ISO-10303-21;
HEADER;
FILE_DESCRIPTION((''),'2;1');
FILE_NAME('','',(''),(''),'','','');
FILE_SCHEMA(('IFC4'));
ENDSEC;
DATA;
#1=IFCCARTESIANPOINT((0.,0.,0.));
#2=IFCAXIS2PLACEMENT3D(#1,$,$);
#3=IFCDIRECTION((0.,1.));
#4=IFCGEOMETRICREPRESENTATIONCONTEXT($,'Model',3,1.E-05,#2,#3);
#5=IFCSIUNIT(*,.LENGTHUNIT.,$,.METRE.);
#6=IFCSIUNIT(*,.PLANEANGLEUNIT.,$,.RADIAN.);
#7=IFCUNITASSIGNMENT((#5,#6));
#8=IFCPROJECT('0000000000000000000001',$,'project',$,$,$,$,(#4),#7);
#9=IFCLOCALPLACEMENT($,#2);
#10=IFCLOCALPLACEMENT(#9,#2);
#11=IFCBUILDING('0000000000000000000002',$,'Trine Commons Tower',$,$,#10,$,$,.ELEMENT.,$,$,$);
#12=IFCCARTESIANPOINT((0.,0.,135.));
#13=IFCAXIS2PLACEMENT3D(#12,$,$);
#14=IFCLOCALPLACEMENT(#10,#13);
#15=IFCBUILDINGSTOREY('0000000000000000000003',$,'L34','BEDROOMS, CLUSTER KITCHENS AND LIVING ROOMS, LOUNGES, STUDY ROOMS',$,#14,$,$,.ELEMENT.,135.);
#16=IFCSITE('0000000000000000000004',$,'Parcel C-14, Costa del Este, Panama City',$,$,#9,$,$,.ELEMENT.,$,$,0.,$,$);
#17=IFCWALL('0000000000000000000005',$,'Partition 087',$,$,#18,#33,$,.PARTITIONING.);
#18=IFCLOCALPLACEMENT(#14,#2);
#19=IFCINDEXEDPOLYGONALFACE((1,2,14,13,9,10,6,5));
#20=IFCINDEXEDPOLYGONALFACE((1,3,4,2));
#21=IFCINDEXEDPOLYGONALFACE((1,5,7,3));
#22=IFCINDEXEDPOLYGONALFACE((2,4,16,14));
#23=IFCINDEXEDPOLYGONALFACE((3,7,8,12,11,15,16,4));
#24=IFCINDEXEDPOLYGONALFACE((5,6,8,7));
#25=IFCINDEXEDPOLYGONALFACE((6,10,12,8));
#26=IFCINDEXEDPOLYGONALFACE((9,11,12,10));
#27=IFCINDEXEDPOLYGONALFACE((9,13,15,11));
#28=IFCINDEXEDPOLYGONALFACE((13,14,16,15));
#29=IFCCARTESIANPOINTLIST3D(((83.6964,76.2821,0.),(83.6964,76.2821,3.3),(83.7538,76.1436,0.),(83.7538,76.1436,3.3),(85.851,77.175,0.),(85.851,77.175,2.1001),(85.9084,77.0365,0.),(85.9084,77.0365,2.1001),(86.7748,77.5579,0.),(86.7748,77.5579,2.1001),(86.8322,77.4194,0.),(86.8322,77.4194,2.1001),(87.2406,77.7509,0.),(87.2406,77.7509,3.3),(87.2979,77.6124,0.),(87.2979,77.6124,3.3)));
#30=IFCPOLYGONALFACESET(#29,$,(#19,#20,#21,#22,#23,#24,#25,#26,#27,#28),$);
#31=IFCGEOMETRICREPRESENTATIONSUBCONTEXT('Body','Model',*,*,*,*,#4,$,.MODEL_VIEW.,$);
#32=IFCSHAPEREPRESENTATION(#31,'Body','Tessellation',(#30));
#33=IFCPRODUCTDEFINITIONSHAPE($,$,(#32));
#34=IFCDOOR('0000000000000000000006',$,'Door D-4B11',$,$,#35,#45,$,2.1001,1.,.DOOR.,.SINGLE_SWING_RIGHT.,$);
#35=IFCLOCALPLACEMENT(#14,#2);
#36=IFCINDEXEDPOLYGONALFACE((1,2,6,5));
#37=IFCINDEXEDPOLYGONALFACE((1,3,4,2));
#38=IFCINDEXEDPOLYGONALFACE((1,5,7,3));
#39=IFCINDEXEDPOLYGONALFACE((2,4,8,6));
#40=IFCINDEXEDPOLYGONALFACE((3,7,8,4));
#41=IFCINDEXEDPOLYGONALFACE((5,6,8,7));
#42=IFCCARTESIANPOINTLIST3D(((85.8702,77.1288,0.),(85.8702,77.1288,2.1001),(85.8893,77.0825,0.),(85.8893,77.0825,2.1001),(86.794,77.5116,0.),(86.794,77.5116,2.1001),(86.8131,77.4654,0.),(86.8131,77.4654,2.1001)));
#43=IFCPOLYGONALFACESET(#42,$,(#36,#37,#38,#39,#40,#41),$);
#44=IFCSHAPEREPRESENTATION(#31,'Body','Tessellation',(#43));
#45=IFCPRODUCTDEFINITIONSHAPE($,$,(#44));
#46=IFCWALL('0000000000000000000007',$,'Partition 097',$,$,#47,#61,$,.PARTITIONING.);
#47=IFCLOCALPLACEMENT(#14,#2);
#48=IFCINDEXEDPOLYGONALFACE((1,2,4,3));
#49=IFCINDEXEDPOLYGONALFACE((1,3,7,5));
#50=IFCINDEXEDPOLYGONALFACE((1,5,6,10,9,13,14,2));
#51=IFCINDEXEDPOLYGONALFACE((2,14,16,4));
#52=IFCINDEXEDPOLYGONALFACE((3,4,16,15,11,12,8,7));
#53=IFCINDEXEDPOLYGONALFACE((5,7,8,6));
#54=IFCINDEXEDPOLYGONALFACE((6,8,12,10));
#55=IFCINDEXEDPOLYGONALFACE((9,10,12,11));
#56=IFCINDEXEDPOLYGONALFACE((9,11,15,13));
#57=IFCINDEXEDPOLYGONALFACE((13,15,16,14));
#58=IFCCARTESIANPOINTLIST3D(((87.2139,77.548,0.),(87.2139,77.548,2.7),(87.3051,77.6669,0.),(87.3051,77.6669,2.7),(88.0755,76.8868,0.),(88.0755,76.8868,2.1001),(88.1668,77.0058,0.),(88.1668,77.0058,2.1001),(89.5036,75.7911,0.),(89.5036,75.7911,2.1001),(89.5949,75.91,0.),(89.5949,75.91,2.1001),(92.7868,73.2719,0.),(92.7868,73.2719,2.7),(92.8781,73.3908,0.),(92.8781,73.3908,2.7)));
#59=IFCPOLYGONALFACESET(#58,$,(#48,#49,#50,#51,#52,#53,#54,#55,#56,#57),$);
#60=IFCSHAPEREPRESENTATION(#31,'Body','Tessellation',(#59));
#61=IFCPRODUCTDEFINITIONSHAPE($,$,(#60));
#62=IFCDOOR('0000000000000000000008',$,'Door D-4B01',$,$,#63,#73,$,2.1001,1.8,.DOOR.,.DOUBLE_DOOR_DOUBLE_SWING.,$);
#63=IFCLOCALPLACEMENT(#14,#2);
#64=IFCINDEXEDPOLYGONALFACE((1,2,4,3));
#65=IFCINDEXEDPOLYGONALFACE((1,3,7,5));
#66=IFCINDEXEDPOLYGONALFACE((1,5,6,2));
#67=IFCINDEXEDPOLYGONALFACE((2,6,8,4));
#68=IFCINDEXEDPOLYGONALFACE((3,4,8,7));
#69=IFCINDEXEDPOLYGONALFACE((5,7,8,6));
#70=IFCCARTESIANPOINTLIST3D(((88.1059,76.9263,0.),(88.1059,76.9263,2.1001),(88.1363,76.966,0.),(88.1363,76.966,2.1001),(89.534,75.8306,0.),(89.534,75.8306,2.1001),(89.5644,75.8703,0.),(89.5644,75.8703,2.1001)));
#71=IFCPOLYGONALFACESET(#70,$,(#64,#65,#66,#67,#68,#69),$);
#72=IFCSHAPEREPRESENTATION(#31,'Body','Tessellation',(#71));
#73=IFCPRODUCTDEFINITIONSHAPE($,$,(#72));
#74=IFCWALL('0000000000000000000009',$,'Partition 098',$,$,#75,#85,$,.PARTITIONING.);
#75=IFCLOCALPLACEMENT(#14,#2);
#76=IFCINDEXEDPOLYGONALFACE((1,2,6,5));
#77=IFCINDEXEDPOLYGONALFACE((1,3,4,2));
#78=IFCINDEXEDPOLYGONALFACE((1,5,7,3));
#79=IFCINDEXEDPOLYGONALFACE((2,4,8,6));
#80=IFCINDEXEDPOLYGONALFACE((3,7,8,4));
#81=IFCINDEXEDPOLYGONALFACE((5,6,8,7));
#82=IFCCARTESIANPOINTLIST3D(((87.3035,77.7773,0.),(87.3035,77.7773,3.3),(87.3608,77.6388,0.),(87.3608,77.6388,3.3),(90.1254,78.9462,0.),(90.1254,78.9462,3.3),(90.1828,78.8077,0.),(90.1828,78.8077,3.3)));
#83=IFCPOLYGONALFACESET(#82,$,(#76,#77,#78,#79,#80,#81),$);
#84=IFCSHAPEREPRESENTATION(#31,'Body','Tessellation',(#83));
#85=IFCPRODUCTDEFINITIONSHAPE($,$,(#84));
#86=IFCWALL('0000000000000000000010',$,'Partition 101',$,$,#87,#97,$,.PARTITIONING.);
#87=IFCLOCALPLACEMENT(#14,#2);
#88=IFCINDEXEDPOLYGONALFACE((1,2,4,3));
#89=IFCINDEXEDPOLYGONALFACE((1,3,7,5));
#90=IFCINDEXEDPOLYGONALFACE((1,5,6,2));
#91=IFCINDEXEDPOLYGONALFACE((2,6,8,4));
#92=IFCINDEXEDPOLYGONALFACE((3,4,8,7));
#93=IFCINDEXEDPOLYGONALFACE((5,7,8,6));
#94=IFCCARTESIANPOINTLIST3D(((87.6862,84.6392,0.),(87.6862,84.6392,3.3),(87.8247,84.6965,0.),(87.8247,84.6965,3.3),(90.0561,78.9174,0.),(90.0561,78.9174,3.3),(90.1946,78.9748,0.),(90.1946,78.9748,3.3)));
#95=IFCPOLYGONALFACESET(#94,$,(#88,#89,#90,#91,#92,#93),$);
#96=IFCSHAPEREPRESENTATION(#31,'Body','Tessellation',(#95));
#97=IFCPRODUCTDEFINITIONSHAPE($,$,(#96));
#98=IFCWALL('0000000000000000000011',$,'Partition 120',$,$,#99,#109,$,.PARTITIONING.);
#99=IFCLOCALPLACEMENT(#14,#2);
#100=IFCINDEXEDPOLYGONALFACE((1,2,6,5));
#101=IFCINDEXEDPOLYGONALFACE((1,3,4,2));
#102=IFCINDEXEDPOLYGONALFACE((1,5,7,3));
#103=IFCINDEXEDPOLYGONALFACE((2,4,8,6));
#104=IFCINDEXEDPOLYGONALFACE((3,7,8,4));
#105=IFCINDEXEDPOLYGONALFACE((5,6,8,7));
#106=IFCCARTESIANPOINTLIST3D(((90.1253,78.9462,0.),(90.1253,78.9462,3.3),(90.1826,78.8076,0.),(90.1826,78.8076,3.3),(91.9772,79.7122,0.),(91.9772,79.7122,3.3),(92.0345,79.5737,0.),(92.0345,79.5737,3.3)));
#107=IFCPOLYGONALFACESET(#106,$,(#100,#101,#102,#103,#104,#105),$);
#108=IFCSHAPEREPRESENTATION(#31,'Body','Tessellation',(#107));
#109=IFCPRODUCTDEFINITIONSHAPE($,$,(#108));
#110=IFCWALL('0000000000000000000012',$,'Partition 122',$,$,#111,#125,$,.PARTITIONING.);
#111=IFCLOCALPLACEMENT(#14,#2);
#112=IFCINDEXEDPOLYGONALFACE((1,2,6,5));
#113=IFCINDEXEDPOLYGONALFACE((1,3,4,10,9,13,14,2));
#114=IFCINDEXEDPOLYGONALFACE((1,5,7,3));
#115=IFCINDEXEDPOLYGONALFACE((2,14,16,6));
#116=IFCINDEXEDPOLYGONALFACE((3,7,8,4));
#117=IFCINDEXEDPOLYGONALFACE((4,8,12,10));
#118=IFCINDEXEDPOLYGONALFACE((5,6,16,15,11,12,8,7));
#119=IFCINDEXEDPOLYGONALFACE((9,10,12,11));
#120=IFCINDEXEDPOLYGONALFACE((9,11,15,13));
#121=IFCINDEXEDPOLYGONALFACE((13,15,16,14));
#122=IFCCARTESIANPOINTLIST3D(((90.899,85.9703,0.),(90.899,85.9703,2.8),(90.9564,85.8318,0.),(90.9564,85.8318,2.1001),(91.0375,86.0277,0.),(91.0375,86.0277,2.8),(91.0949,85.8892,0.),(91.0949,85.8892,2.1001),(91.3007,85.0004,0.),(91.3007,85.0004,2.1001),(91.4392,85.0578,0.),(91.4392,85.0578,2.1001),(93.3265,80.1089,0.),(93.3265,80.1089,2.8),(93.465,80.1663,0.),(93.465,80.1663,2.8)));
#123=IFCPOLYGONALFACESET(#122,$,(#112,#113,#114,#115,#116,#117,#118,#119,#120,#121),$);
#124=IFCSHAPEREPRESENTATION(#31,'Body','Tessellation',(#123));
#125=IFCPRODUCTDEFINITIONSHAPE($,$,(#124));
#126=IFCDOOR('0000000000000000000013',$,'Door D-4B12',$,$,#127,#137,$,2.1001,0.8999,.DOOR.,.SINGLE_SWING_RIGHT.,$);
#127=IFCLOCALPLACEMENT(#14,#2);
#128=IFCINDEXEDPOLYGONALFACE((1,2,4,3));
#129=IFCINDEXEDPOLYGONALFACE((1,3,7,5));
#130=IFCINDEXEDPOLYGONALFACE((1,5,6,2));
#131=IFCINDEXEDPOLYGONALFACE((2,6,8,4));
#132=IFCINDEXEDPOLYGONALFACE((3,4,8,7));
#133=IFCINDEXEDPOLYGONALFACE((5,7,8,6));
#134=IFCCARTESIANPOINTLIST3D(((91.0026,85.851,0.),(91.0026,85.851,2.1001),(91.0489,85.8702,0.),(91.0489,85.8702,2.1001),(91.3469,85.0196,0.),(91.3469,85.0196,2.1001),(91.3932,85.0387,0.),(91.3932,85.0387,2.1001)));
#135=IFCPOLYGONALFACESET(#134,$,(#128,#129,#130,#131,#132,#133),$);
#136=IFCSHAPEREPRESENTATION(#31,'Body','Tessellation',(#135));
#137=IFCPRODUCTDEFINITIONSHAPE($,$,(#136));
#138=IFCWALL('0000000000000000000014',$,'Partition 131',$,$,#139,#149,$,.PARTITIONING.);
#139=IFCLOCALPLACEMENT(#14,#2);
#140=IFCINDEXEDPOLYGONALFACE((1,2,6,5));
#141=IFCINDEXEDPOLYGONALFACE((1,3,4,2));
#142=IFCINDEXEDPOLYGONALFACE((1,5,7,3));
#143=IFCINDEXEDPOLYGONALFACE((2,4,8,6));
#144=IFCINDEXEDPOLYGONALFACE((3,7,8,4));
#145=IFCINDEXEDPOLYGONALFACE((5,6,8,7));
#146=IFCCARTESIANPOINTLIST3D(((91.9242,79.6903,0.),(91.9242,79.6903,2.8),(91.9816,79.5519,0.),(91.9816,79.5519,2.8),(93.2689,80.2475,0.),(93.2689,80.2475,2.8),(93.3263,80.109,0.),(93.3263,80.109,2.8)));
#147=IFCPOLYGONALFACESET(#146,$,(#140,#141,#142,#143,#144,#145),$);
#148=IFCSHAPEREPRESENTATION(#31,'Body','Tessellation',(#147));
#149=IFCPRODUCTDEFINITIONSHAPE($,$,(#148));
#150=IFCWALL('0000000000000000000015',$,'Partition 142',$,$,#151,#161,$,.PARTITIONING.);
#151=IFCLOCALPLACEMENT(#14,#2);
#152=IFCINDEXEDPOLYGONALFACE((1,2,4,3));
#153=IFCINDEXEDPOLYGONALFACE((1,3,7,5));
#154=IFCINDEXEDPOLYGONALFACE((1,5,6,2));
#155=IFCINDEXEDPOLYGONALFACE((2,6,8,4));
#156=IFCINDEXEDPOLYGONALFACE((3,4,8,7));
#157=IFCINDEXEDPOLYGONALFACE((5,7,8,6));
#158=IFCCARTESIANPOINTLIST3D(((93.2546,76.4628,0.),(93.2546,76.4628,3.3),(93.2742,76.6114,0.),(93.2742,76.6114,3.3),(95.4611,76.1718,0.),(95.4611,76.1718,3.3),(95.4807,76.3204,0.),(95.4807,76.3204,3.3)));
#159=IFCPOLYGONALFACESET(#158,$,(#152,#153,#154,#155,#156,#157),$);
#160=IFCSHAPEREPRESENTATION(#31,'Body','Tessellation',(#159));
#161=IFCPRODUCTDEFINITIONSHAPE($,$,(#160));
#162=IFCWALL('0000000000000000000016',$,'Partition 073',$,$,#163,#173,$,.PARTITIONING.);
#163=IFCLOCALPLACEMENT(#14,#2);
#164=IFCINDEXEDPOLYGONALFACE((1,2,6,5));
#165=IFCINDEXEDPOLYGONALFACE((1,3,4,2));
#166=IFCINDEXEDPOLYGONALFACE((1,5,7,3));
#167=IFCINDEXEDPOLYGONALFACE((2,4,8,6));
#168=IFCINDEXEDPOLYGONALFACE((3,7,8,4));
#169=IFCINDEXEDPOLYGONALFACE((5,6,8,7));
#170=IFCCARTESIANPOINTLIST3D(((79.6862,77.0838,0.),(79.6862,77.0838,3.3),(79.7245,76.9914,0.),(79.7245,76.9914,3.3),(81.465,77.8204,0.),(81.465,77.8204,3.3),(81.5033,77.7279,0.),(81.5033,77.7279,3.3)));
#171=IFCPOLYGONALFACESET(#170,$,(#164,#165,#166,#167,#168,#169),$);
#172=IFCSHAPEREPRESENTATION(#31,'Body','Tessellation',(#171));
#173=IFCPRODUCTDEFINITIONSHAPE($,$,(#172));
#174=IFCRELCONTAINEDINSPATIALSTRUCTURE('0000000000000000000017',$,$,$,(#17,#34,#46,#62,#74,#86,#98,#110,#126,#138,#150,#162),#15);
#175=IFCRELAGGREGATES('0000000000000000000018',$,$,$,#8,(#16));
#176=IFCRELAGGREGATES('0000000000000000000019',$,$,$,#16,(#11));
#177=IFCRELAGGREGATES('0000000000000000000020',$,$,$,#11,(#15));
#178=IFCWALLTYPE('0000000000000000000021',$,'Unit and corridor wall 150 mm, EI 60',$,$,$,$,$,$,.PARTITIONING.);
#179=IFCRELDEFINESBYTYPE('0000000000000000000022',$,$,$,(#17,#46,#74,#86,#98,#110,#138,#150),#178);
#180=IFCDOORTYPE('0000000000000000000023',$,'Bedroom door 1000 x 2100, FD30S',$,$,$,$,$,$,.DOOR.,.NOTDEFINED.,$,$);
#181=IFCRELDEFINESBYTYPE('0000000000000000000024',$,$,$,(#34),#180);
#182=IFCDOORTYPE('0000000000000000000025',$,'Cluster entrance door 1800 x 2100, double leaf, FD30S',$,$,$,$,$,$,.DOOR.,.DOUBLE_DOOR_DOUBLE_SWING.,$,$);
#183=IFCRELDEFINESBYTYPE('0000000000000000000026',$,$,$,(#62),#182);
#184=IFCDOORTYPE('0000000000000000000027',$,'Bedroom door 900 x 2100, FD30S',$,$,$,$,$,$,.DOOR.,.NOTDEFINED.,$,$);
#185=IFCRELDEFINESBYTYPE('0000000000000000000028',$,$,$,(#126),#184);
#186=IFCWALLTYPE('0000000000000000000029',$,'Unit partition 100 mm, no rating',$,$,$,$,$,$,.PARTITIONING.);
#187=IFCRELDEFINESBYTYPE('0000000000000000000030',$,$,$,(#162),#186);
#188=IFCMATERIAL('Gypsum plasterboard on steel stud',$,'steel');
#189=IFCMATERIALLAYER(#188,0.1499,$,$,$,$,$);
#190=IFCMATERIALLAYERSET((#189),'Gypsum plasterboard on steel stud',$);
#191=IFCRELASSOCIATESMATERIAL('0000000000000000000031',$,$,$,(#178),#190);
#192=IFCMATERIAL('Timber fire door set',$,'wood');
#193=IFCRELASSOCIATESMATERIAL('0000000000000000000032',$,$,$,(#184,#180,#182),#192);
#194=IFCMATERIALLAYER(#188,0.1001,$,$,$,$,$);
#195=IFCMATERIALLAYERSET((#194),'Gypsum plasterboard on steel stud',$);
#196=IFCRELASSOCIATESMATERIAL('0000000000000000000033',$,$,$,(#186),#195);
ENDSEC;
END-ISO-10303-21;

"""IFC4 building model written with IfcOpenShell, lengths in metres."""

from ifc_helpers import new_model, si_unit, direction, frame, frame_2d, origin, place, context, subcontext, project, spatial, rectangle, extrude, material, layer, layer_set, type_object, element, fill, save


model = new_model("IFC4")

# Units and contexts
model_context = context("Model", 3, precision=1e-05, world=origin(), true_north=direction((0.0, 1.0)))
body_context = subcontext(model_context, "Body", "Model", "MODEL_VIEW")
ifc_project = project(units=[si_unit("LENGTHUNIT", "METRE"), si_unit("PLANEANGLEUNIT", "RADIAN")], contexts=[model_context])

# Site, building, storey
site_placement = place(None, origin())
site = spatial("IfcSite", under=ifc_project, at=site_placement, Name="Parcel C-14, Costa del Este, Panama City", CompositionType="ELEMENT", RefElevation=0.0)
building_placement = place(site_placement, origin())
building = spatial("IfcBuilding", under=site, at=building_placement, Name="Trine Commons Tower", CompositionType="ELEMENT")
storey_placement = place(building_placement, frame((0.0, 0.0, 135.0)))
storey = spatial("IfcBuildingStorey", under=building, at=storey_placement, Name="L34", Description="BEDROOMS, CLUSTER KITCHENS AND LIVING ROOMS, LOUNGES, STUDY ROOMS", CompositionType="ELEMENT", Elevation=135.0)

# Shared definitions
ifc_material_1 = material(Name="Gypsum plasterboard on steel stud", Category="steel")
ifc_layer_1 = layer(ifc_material_1, 0.1499)
ifc_layer_set_1 = layer_set([ifc_layer_1], Name="Gypsum plasterboard on steel stud")
wall_type_1 = type_object("IfcWallType", Name="Unit and corridor wall 150 mm, EI 60", PredefinedType="PARTITIONING", material=ifc_layer_set_1)

# Walls, openings, doors
ifc_material_2 = material(Name="Timber fire door set", Category="wood")
door_type_1 = type_object("IfcDoorType", Name="Bedroom door 900 x 2100, FD30S", OperationType="NOTDEFINED", PredefinedType="DOOR", material=ifc_material_2)
wall_1_placement = place(storey_placement, frame((83.7251, 76.2129, 0.0), z_axis=(0.0, 0.0, 1.0), x_axis=(0.923815, 0.382839, 0.0)))
wall_1 = element("IfcWall", 1, at=wall_1_placement, inside=storey, type_object=wall_type_1, Name="Partition 087", PredefinedType="PARTITIONING", context=body_context, shape_type="SweptSolid", body=[
    extrude(rectangle(XDim=3.8364, YDim=0.1499, at=frame_2d((1.9182, 0.0))), origin(), (0.0, 0.0, 1.0), 3.3),
])
opening_1_placement = place(wall_1_placement, frame((2.3323, 0.0, 0.0)))
opening_1 = element("IfcOpeningElement", 2, at=opening_1_placement, cuts=wall_1, PredefinedType="OPENING", context=body_context, shape_type="SweptSolid", body=[
    extrude(rectangle(XDim=1.0, YDim=2.1001, at=frame_2d((0.5, 1.05))), frame((0.0, 0.085, 0.0), z_axis=(0.0, -1.0, 0.0), x_axis=(1.0, 0.0, 0.0)), (0.0, 0.0, 1.0), 0.1699),
])
door_type_2 = type_object("IfcDoorType", Name="Bedroom door 1000 x 2100, FD30S", OperationType="NOTDEFINED", PredefinedType="DOOR", material=ifc_material_2)
door_1_placement = place(opening_1_placement, origin())
door_1 = element("IfcDoor", 3, at=door_1_placement, inside=storey, type_object=door_type_2, Name="Door D-4B11", OperationType="SINGLE_SWING_RIGHT", OverallHeight=2.1001, OverallWidth=1.0, PredefinedType="DOOR", context=body_context, shape_type="SweptSolid", body=[
    extrude(rectangle(XDim=1.0, YDim=2.1001, at=frame_2d((0.5, 1.05))), frame((0.0, 0.0249, 0.0), z_axis=(0.0, -1.0, 0.0), x_axis=(1.0, 0.0, 0.0)), (0.0, 0.0, 1.0), 0.05),
])
fill(opening_1, door_1)
wall_2_placement = place(storey_placement, frame((87.2595, 77.6074, 0.0), z_axis=(0.0, 0.0, 1.0), x_axis=(0.793366, -0.608745, 0.0)))
wall_2 = element("IfcWall", 4, at=wall_2_placement, inside=storey, type_object=wall_type_1, Name="Partition 097", PredefinedType="PARTITIONING", context=body_context, shape_type="SweptSolid", body=[
    extrude(rectangle(XDim=7.0244, YDim=0.1499, at=frame_2d((3.5122, 0.0))), origin(), (0.0, 0.0, 1.0), 2.7),
])
opening_2_placement = place(wall_2_placement, frame((1.0862, 0.0, 0.0)))
opening_2 = element("IfcOpeningElement", 5, at=opening_2_placement, cuts=wall_2, PredefinedType="OPENING", context=body_context, shape_type="SweptSolid", body=[
    extrude(rectangle(XDim=1.8, YDim=2.1001, at=frame_2d((0.8999, 1.05))), frame((0.0, 0.085, 0.0), z_axis=(0.0, -1.0, 0.0), x_axis=(1.0, 0.0, 0.0)), (0.0, 0.0, 1.0), 0.1699),
])
door_type_3 = type_object("IfcDoorType", Name="Cluster entrance door 1800 x 2100, double leaf, FD30S", OperationType="DOUBLE_DOOR_DOUBLE_SWING", PredefinedType="DOOR", material=ifc_material_2)
door_2_placement = place(opening_2_placement, origin())
door_2 = element("IfcDoor", 6, at=door_2_placement, inside=storey, type_object=door_type_3, Name="Door D-4B01", OperationType="DOUBLE_DOOR_DOUBLE_SWING", OverallHeight=2.1001, OverallWidth=1.8, PredefinedType="DOOR", context=body_context, shape_type="SweptSolid", body=[
    extrude(rectangle(XDim=1.8, YDim=2.1001, at=frame_2d((0.8999, 1.05))), frame((0.0, 0.0249, 0.0), z_axis=(0.0, -1.0, 0.0), x_axis=(1.0, 0.0, 0.0)), (0.0, 0.0, 1.0), 0.05),
])
fill(opening_2, door_2)

# Walls
wall_3_placement = place(storey_placement, frame((87.332, 77.708, 0.0), z_axis=(0.0, 0.0, 1.0), x_axis=(0.923877, 0.382691, 0.0)))
element("IfcWall", 7, at=wall_3_placement, inside=storey, type_object=wall_type_1, Name="Partition 098", PredefinedType="PARTITIONING", context=body_context, shape_type="SweptSolid", body=[
    extrude(rectangle(XDim=3.0544, YDim=0.1499, at=frame_2d((1.5273, 0.0))), origin(), (0.0, 0.0, 1.0), 3.3),
])
wall_4_placement = place(storey_placement, frame((87.7554, 84.668, 0.0), z_axis=(0.0, 0.0, 1.0), x_axis=(0.382666, -0.923887, 0.0)))
element("IfcWall", 8, at=wall_4_placement, inside=storey, type_object=wall_type_1, Name="Partition 101", PredefinedType="PARTITIONING", context=body_context, shape_type="SweptSolid", body=[
    extrude(rectangle(XDim=6.1931, YDim=0.1499, at=frame_2d((3.0967, 0.0))), origin(), (0.0, 0.0, 1.0), 3.3),
])
wall_5_placement = place(storey_placement, frame((90.1541, 78.877, 0.0), z_axis=(0.0, 0.0, 1.0), x_axis=(0.924061, 0.382244, 0.0)))
element("IfcWall", 9, at=wall_5_placement, inside=storey, type_object=wall_type_1, Name="Partition 120", PredefinedType="PARTITIONING", context=body_context, shape_type="SweptSolid", body=[
    extrude(rectangle(XDim=2.0042, YDim=0.1499, at=frame_2d((1.002, 0.0))), origin(), (0.0, 0.0, 1.0), 3.3),
])

# Wall, opening, door
wall_6_placement = place(storey_placement, frame((90.9683, 85.999, 0.0), z_axis=(0.0, 0.0, 1.0), x_axis=(0.382636, -0.923899, 0.0)))
wall_6 = element("IfcWall", 10, at=wall_6_placement, inside=storey, type_object=wall_type_1, Name="Partition 122", PredefinedType="PARTITIONING", context=body_context, shape_type="SweptSolid", body=[
    extrude(rectangle(XDim=6.3442, YDim=0.1499, at=frame_2d((3.1721, 0.0))), origin(), (0.0, 0.0, 1.0), 2.8),
])
opening_3_placement = place(wall_6_placement, frame((0.1499, 0.0, 0.0)))
opening_3 = element("IfcOpeningElement", 11, at=opening_3_placement, cuts=wall_6, PredefinedType="OPENING", context=body_context, shape_type="SweptSolid", body=[
    extrude(rectangle(XDim=0.8999, YDim=2.1001, at=frame_2d((0.45, 1.05))), frame((0.0, 0.085, 0.0), z_axis=(0.0, -1.0, 0.0), x_axis=(1.0, 0.0, 0.0)), (0.0, 0.0, 1.0), 0.1699),
])
door_3_placement = place(opening_3_placement, frame((0.8999, 0.0, 0.0), z_axis=(0.0, 0.0, 1.0), x_axis=(-1.0, 0.0, 0.0)))
door_3 = element("IfcDoor", 12, at=door_3_placement, inside=storey, type_object=door_type_1, Name="Door D-4B12", OperationType="SINGLE_SWING_RIGHT", OverallHeight=2.1001, OverallWidth=0.8999, PredefinedType="DOOR", context=body_context, shape_type="SweptSolid", body=[
    extrude(rectangle(XDim=0.8999, YDim=2.1001, at=frame_2d((0.45, 1.05))), frame((0.0, 0.0249, 0.0), z_axis=(0.0, -1.0, 0.0), x_axis=(1.0, 0.0, 0.0)), (0.0, 0.0, 1.0), 0.05),
])
fill(opening_3, door_3)

# Walls
wall_7_placement = place(storey_placement, frame((91.9529, 79.6211, 0.0), z_axis=(0.0, 0.0, 1.0), x_axis=(0.923849, 0.382757, 0.0)))
element("IfcWall", 13, at=wall_7_placement, inside=storey, type_object=wall_type_1, Name="Partition 131", PredefinedType="PARTITIONING", context=body_context, shape_type="SweptSolid", body=[
    extrude(rectangle(XDim=1.4556, YDim=0.1499, at=frame_2d((0.7278, 0.0))), origin(), (0.0, 0.0, 1.0), 2.8),
])
wall_8_placement = place(storey_placement, frame((93.2644, 76.5371, 0.0), z_axis=(0.0, 0.0, 1.0), x_axis=(0.991415, -0.130755, 0.0)))
element("IfcWall", 14, at=wall_8_placement, inside=storey, type_object=wall_type_1, Name="Partition 142", PredefinedType="PARTITIONING", context=body_context, shape_type="SweptSolid", body=[
    extrude(rectangle(XDim=2.2256, YDim=0.1499, at=frame_2d((1.1128, 0.0))), origin(), (0.0, 0.0, 1.0), 3.3),
])
ifc_layer_2 = layer(ifc_material_1, 0.1001)
ifc_layer_set_2 = layer_set([ifc_layer_2], Name="Gypsum plasterboard on steel stud")
wall_type_2 = type_object("IfcWallType", Name="Unit partition 100 mm, no rating", PredefinedType="PARTITIONING", material=ifc_layer_set_2)
wall_9_placement = place(storey_placement, frame((79.7053, 77.0376, 0.0), z_axis=(0.0, 0.0, 1.0), x_axis=(0.923923, 0.38258, 0.0)))
element("IfcWall", 15, at=wall_9_placement, inside=storey, type_object=wall_type_2, Name="Partition 073", PredefinedType="PARTITIONING", context=body_context, shape_type="SweptSolid", body=[
    extrude(rectangle(XDim=1.9253, YDim=0.1001, at=frame_2d((0.9626, 0.0))), origin(), (0.0, 0.0, 1.0), 3.3),
])

save(model, "model.ifc")
